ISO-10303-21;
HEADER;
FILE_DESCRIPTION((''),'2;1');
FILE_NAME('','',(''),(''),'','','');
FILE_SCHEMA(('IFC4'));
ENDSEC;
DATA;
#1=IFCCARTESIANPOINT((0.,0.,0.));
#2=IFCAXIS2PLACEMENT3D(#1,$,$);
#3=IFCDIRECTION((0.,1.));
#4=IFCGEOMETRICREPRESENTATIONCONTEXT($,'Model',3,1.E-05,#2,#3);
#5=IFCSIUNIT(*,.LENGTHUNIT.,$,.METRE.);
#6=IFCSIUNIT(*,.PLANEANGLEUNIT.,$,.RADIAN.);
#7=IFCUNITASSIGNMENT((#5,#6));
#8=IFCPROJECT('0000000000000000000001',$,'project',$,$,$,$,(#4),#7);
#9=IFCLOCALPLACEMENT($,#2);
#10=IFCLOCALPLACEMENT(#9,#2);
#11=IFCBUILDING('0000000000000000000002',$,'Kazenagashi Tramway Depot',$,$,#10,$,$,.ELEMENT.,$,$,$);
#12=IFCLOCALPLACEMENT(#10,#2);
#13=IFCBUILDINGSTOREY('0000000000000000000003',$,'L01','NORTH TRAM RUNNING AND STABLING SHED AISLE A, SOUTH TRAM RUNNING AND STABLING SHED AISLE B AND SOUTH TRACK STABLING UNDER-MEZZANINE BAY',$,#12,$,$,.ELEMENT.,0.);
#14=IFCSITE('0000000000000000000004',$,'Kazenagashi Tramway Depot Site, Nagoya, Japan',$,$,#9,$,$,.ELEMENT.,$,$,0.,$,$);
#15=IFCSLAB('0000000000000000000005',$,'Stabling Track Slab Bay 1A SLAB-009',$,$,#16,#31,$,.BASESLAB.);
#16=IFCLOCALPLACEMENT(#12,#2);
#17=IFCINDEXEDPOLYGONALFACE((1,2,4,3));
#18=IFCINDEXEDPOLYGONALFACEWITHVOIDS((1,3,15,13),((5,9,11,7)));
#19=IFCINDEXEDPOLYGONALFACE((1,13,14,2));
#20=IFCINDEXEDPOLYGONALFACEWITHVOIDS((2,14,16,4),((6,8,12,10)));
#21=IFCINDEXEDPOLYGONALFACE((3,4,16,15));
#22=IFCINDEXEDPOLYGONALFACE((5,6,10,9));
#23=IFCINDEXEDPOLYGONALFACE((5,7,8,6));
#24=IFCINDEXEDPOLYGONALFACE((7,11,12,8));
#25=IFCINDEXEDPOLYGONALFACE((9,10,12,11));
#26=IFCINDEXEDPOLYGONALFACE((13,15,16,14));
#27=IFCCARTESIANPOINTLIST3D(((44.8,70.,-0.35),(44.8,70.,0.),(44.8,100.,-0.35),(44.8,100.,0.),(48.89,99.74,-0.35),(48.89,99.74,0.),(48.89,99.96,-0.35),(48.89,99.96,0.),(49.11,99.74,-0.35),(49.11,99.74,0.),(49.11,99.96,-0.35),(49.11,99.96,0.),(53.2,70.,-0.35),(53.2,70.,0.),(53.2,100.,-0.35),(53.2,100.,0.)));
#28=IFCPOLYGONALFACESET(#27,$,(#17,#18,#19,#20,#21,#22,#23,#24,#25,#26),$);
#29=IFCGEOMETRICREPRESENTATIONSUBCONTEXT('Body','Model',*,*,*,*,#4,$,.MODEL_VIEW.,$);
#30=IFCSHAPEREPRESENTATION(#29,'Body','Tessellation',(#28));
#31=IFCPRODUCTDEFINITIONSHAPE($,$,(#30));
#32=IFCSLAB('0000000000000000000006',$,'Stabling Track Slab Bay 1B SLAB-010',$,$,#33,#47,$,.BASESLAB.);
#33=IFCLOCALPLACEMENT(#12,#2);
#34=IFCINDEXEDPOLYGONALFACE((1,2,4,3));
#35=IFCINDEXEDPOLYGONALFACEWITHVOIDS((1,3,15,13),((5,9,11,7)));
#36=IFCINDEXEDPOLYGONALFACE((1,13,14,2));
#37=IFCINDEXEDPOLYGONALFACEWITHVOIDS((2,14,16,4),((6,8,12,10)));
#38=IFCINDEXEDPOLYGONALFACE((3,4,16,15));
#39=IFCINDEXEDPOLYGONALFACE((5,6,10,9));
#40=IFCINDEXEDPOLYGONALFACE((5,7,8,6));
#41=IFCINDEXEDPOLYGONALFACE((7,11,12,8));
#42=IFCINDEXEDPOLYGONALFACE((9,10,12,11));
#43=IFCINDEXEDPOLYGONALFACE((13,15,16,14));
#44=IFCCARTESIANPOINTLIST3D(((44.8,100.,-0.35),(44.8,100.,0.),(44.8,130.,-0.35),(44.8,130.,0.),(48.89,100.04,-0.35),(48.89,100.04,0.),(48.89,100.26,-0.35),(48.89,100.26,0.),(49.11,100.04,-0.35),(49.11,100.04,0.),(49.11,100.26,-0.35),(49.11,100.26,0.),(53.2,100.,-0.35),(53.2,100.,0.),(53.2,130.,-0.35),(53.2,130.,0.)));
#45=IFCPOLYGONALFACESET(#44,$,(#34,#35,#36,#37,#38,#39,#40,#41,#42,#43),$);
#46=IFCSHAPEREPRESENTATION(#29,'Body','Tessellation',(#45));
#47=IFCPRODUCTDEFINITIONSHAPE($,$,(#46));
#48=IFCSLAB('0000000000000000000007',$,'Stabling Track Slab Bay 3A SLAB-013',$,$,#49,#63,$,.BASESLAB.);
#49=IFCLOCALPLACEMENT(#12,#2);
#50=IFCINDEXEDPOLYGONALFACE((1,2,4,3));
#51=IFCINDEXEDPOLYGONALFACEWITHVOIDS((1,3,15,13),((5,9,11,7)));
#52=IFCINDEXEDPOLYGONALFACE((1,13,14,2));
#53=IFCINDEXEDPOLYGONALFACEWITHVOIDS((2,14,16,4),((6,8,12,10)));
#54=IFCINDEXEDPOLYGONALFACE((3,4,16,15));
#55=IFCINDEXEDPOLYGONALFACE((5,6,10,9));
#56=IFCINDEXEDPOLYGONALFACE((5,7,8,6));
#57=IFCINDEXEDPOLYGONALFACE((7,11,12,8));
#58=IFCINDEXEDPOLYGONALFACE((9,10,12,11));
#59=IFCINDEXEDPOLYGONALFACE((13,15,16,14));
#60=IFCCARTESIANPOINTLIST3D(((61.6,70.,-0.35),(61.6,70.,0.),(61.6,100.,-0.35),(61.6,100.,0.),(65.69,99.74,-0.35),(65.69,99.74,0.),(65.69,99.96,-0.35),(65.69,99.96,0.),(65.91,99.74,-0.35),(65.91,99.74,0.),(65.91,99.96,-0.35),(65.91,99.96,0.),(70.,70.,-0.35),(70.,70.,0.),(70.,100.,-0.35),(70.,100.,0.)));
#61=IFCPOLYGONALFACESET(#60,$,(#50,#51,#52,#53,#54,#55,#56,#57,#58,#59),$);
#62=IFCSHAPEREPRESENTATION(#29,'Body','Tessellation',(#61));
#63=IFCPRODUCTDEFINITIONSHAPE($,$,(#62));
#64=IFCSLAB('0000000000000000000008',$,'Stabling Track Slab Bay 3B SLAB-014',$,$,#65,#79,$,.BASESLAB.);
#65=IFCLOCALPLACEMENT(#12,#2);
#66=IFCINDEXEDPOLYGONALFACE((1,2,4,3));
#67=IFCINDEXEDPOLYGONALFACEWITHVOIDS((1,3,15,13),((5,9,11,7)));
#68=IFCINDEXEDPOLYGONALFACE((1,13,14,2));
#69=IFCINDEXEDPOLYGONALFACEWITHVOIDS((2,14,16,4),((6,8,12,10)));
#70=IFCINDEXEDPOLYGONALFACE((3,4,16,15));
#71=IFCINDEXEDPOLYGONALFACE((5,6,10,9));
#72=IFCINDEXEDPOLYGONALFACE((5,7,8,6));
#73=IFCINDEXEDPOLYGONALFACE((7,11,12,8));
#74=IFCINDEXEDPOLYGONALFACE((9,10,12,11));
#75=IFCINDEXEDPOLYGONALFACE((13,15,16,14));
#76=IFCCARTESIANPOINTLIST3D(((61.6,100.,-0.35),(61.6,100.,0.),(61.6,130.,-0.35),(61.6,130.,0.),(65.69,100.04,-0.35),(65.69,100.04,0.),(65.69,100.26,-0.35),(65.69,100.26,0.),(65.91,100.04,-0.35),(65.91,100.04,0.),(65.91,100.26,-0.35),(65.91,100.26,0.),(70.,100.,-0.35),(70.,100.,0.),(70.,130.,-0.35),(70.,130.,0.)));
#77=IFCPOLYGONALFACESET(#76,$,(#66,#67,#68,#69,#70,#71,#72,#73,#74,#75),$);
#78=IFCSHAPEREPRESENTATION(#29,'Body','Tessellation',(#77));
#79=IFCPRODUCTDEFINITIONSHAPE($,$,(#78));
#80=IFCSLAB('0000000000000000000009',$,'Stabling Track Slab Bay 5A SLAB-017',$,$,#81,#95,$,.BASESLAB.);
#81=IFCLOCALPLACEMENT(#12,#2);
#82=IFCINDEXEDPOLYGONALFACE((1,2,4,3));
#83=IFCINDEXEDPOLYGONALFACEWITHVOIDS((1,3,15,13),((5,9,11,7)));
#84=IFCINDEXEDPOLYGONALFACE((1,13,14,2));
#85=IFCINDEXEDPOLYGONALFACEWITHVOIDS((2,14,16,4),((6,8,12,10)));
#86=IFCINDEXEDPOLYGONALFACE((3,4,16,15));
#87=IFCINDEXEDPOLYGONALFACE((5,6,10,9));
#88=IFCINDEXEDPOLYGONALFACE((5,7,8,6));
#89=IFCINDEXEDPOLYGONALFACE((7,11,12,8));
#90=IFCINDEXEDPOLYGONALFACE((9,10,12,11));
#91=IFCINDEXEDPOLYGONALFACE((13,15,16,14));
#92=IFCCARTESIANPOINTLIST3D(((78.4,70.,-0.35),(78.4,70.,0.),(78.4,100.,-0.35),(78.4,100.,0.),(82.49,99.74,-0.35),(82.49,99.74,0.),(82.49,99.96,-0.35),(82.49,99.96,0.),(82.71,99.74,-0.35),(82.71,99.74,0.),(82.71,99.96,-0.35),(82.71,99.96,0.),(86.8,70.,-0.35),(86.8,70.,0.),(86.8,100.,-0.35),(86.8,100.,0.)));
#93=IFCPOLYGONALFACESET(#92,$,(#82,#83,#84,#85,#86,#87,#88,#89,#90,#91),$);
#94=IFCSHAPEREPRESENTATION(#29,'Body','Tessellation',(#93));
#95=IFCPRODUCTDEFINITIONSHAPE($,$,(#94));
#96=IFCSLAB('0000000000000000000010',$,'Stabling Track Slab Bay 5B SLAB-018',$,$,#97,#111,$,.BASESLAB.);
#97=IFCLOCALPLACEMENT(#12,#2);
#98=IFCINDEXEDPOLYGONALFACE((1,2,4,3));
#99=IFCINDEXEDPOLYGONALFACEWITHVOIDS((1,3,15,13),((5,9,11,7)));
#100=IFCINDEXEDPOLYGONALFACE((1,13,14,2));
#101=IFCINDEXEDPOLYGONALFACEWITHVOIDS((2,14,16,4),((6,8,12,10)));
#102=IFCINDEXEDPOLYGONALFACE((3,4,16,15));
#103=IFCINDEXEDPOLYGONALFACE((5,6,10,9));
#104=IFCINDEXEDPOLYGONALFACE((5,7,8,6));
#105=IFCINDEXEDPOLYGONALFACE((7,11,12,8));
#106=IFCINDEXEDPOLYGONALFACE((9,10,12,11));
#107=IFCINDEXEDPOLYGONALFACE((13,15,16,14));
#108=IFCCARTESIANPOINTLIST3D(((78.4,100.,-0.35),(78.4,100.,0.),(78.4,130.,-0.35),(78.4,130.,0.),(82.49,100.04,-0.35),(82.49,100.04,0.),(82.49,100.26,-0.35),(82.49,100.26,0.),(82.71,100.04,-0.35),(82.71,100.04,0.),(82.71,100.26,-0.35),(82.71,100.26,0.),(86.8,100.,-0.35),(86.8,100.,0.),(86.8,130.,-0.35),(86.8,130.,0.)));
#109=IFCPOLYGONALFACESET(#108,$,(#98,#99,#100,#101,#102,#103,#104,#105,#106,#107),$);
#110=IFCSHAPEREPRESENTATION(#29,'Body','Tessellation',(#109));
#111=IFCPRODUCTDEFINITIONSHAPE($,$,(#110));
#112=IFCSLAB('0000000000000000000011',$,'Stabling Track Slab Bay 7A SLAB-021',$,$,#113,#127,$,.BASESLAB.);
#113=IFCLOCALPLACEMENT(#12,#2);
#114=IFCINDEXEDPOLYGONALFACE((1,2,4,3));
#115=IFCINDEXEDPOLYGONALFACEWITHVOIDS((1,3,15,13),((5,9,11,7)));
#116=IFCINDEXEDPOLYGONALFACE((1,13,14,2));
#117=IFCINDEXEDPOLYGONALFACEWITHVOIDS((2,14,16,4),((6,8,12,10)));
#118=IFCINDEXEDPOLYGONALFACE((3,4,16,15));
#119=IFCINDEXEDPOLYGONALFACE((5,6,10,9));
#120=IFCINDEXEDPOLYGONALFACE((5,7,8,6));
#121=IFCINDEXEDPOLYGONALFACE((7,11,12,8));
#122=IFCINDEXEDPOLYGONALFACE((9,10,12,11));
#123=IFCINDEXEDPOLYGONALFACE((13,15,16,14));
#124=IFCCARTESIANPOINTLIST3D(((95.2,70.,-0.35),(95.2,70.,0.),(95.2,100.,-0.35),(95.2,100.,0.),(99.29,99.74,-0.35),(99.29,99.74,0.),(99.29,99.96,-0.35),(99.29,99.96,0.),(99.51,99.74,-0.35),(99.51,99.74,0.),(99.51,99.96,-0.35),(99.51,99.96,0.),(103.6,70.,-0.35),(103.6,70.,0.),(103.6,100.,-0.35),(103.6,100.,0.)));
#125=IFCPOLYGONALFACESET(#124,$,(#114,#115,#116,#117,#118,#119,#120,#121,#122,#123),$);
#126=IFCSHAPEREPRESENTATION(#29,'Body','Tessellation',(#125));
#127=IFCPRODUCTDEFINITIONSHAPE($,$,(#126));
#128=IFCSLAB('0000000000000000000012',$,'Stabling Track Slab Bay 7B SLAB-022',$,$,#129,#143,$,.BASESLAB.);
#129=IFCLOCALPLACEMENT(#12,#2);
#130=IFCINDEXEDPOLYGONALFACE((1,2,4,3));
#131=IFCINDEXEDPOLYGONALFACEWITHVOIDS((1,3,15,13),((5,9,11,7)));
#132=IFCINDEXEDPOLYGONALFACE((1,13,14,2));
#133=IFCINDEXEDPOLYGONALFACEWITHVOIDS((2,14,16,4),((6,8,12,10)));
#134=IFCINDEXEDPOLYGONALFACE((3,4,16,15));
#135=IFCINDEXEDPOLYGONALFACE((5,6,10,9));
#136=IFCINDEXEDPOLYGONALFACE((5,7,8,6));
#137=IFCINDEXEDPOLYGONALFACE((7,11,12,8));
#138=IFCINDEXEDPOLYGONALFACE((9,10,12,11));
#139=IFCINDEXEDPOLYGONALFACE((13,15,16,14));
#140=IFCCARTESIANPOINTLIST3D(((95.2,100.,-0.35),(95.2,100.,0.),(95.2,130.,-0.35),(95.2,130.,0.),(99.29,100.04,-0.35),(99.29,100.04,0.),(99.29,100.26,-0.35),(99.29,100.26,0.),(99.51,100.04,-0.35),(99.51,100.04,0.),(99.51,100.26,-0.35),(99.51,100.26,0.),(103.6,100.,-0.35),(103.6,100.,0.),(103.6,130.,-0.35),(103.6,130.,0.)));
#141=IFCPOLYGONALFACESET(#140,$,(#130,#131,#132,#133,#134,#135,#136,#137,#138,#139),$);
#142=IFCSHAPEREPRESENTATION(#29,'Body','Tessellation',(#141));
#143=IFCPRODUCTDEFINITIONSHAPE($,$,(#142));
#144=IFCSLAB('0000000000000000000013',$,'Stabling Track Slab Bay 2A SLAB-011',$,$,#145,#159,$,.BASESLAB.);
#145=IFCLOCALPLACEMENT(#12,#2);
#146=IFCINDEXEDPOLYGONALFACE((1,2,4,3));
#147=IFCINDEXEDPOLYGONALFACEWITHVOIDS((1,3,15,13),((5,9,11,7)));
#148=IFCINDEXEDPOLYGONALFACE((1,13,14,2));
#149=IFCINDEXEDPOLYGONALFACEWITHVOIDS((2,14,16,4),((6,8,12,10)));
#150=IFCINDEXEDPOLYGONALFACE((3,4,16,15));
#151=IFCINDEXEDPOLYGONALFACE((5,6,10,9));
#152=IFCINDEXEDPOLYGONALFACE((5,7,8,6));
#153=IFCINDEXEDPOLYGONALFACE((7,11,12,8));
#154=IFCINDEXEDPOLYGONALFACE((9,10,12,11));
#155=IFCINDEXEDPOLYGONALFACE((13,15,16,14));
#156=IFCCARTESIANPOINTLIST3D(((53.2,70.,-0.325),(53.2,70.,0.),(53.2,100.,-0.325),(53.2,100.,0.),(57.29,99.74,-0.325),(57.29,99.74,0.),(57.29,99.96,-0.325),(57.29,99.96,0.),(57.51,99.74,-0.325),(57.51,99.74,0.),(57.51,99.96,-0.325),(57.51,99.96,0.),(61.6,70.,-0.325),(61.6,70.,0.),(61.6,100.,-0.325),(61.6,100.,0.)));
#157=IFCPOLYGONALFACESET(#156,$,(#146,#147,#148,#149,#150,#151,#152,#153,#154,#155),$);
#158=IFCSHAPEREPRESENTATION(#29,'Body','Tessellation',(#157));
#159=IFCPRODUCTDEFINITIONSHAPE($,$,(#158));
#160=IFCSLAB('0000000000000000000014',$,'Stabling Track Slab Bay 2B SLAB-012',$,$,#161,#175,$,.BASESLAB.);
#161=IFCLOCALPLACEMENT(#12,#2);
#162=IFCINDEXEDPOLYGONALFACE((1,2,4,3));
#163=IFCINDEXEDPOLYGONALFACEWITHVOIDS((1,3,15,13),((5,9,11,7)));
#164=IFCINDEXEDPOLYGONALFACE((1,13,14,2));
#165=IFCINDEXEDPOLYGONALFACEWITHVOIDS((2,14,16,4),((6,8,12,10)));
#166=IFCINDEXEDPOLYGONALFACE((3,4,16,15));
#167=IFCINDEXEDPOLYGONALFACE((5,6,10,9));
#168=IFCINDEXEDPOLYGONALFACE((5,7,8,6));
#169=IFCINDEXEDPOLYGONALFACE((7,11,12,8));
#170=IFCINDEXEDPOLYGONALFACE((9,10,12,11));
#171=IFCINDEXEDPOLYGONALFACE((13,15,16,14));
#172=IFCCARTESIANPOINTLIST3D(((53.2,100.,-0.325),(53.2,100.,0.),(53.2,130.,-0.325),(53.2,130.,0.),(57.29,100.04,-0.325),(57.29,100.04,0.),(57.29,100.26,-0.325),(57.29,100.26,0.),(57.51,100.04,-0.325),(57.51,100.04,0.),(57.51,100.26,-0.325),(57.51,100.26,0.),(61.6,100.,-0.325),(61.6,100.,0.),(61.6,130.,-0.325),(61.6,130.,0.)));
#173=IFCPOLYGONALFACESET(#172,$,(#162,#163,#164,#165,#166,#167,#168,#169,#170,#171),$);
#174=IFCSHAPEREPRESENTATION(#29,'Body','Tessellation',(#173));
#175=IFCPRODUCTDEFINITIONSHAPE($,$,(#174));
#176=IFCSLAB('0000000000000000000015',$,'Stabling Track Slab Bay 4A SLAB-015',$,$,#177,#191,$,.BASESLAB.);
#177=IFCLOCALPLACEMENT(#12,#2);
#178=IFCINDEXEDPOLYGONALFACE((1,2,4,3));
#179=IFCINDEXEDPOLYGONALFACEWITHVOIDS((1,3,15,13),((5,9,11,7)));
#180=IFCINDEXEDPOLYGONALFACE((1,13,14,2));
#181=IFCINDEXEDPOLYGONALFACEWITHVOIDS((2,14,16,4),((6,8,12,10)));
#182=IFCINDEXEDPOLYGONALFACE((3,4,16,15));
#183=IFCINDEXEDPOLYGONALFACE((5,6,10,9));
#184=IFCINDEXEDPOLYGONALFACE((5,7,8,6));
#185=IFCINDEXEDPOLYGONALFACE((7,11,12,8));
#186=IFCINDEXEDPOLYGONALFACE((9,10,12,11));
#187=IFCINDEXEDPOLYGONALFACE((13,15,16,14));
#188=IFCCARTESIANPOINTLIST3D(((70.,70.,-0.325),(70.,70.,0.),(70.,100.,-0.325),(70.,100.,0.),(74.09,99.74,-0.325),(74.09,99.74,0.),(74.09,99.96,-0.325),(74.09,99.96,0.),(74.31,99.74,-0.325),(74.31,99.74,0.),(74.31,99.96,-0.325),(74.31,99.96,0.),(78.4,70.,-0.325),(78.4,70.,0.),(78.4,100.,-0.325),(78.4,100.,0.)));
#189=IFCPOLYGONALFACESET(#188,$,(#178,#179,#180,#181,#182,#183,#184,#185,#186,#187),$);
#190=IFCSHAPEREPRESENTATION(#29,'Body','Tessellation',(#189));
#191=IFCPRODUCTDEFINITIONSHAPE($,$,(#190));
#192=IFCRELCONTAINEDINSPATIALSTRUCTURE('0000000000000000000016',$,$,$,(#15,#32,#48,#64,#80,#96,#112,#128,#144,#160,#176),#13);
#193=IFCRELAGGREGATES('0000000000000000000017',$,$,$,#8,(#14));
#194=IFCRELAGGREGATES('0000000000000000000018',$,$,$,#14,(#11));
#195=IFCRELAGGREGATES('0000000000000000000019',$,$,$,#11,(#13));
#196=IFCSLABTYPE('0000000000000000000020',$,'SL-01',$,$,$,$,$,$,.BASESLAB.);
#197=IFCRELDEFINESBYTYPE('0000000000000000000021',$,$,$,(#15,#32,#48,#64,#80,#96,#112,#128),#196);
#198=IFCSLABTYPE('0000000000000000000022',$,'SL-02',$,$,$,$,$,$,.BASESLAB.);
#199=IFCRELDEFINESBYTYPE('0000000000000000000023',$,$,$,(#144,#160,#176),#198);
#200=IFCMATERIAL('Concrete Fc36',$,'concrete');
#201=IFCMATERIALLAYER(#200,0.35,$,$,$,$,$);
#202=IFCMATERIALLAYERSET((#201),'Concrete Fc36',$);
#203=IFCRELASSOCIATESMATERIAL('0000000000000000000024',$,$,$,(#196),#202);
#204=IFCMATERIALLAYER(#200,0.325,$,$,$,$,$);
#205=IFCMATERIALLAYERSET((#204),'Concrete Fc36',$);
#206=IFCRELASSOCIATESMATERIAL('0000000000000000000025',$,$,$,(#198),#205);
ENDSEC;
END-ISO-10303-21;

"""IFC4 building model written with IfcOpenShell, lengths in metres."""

from ifc_helpers import new_model, si_unit, direction, frame, origin, place, context, subcontext, project, spatial, polyline, outline, extrude, material, layer, layer_set, type_object, element, save


model = new_model("IFC4")

# Units and contexts
model_context = context("Model", 3, precision=1e-05, world=origin(), true_north=direction((0.0, 1.0)))
body_context = subcontext(model_context, "Body", "Model", "MODEL_VIEW")
ifc_project = project(units=[si_unit("LENGTHUNIT", "METRE"), si_unit("PLANEANGLEUNIT", "RADIAN")], contexts=[model_context])

# Site, building, storey
site_placement = place(None, origin())
site = spatial("IfcSite", under=ifc_project, at=site_placement, Name="Kazenagashi Tramway Depot Site, Nagoya, Japan", CompositionType="ELEMENT", RefElevation=0.0)
building_placement = place(site_placement, origin())
building = spatial("IfcBuilding", under=site, at=building_placement, Name="Kazenagashi Tramway Depot", CompositionType="ELEMENT")
storey_placement = place(building_placement, origin())
storey = spatial("IfcBuildingStorey", under=building, at=storey_placement, Name="L01", Description="NORTH TRAM RUNNING AND STABLING SHED AISLE A, SOUTH TRAM RUNNING AND STABLING SHED AISLE B AND SOUTH TRACK STABLING UNDER-MEZZANINE BAY", CompositionType="ELEMENT", Elevation=0.0)

# Slabs
ifc_material_1 = material(Name="Concrete Fc36", Category="concrete")
ifc_layer_1 = layer(ifc_material_1, 0.35)
ifc_layer_set_1 = layer_set([ifc_layer_1], Name="Concrete Fc36")
slab_type_1 = type_object("IfcSlabType", Name="SL-01", PredefinedType="BASESLAB", material=ifc_layer_set_1)
slab_1_placement = place(storey_placement, frame((0.0, 0.0, -0.35)))
element("IfcSlab", 1, at=slab_1_placement, inside=storey, type_object=slab_type_1, Name="Stabling Track Slab Bay 1A SLAB-009", PredefinedType="BASESLAB", context=body_context, shape_type="SweptSolid", body=[
    extrude(outline(polyline([(44.8, 70.0), (53.2, 70.0), (53.2, 100.0), (44.8, 100.0), (44.8, 70.0)]), holes=[polyline([(48.89, 99.74), (49.11, 99.74), (49.11, 99.96), (48.89, 99.96), (48.89, 99.74)])]), origin(), (0.0, 0.0, 1.0), 0.35),
])
slab_2_placement = place(storey_placement, frame((0.0, 0.0, -0.35)))
element("IfcSlab", 2, at=slab_2_placement, inside=storey, type_object=slab_type_1, Name="Stabling Track Slab Bay 1B SLAB-010", PredefinedType="BASESLAB", context=body_context, shape_type="SweptSolid", body=[
    extrude(outline(polyline([(44.8, 100.0), (53.2, 100.0), (53.2, 130.0), (44.8, 130.0), (44.8, 100.0)]), holes=[polyline([(48.89, 100.04), (49.11, 100.04), (49.11, 100.26), (48.89, 100.26), (48.89, 100.04)])]), origin(), (0.0, 0.0, 1.0), 0.35),
])
slab_3_placement = place(storey_placement, frame((0.0, 0.0, -0.35)))
element("IfcSlab", 3, at=slab_3_placement, inside=storey, type_object=slab_type_1, Name="Stabling Track Slab Bay 3A SLAB-013", PredefinedType="BASESLAB", context=body_context, shape_type="SweptSolid", body=[
    extrude(outline(polyline([(61.6, 70.0), (70.0, 70.0), (70.0, 100.0), (61.6, 100.0), (61.6, 70.0)]), holes=[polyline([(65.69, 99.74), (65.91, 99.74), (65.91, 99.96), (65.69, 99.96), (65.69, 99.74)])]), origin(), (0.0, 0.0, 1.0), 0.35),
])
slab_4_placement = place(storey_placement, frame((0.0, 0.0, -0.35)))
element("IfcSlab", 4, at=slab_4_placement, inside=storey, type_object=slab_type_1, Name="Stabling Track Slab Bay 3B SLAB-014", PredefinedType="BASESLAB", context=body_context, shape_type="SweptSolid", body=[
    extrude(outline(polyline([(61.6, 100.0), (70.0, 100.0), (70.0, 130.0), (61.6, 130.0), (61.6, 100.0)]), holes=[polyline([(65.69, 100.04), (65.91, 100.04), (65.91, 100.26), (65.69, 100.26), (65.69, 100.04)])]), origin(), (0.0, 0.0, 1.0), 0.35),
])
slab_5_placement = place(storey_placement, frame((0.0, 0.0, -0.35)))
element("IfcSlab", 5, at=slab_5_placement, inside=storey, type_object=slab_type_1, Name="Stabling Track Slab Bay 5A SLAB-017", PredefinedType="BASESLAB", context=body_context, shape_type="SweptSolid", body=[
    extrude(outline(polyline([(78.4, 70.0), (86.8, 70.0), (86.8, 100.0), (78.4, 100.0), (78.4, 70.0)]), holes=[polyline([(82.49, 99.74), (82.71, 99.74), (82.71, 99.96), (82.49, 99.96), (82.49, 99.74)])]), origin(), (0.0, 0.0, 1.0), 0.35),
])
slab_6_placement = place(storey_placement, frame((0.0, 0.0, -0.35)))
element("IfcSlab", 6, at=slab_6_placement, inside=storey, type_object=slab_type_1, Name="Stabling Track Slab Bay 5B SLAB-018", PredefinedType="BASESLAB", context=body_context, shape_type="SweptSolid", body=[
    extrude(outline(polyline([(78.4, 100.0), (86.8, 100.0), (86.8, 130.0), (78.4, 130.0), (78.4, 100.0)]), holes=[polyline([(82.49, 100.04), (82.71, 100.04), (82.71, 100.26), (82.49, 100.26), (82.49, 100.04)])]), origin(), (0.0, 0.0, 1.0), 0.35),
])
slab_7_placement = place(storey_placement, frame((0.0, 0.0, -0.35)))
element("IfcSlab", 7, at=slab_7_placement, inside=storey, type_object=slab_type_1, Name="Stabling Track Slab Bay 7A SLAB-021", PredefinedType="BASESLAB", context=body_context, shape_type="SweptSolid", body=[
    extrude(outline(polyline([(95.2, 70.0), (103.6, 70.0), (103.6, 100.0), (95.2, 100.0), (95.2, 70.0)]), holes=[polyline([(99.29, 99.74), (99.51, 99.74), (99.51, 99.96), (99.29, 99.96), (99.29, 99.74)])]), origin(), (0.0, 0.0, 1.0), 0.35),
])
slab_8_placement = place(storey_placement, frame((0.0, 0.0, -0.35)))
element("IfcSlab", 8, at=slab_8_placement, inside=storey, type_object=slab_type_1, Name="Stabling Track Slab Bay 7B SLAB-022", PredefinedType="BASESLAB", context=body_context, shape_type="SweptSolid", body=[
    extrude(outline(polyline([(95.2, 100.0), (103.6, 100.0), (103.6, 130.0), (95.2, 130.0), (95.2, 100.0)]), holes=[polyline([(99.29, 100.04), (99.51, 100.04), (99.51, 100.26), (99.29, 100.26), (99.29, 100.04)])]), origin(), (0.0, 0.0, 1.0), 0.35),
])
ifc_layer_2 = layer(ifc_material_1, 0.325)
ifc_layer_set_2 = layer_set([ifc_layer_2], Name="Concrete Fc36")
slab_type_2 = type_object("IfcSlabType", Name="SL-02", PredefinedType="BASESLAB", material=ifc_layer_set_2)
slab_9_placement = place(storey_placement, frame((0.0, 0.0, -0.325)))
element("IfcSlab", 9, at=slab_9_placement, inside=storey, type_object=slab_type_2, Name="Stabling Track Slab Bay 2A SLAB-011", PredefinedType="BASESLAB", context=body_context, shape_type="SweptSolid", body=[
    extrude(outline(polyline([(53.2, 70.0), (61.6, 70.0), (61.6, 100.0), (53.2, 100.0), (53.2, 70.0)]), holes=[polyline([(57.29, 99.74), (57.51, 99.74), (57.51, 99.96), (57.29, 99.96), (57.29, 99.74)])]), origin(), (0.0, 0.0, 1.0), 0.325),
])
slab_10_placement = place(storey_placement, frame((0.0, 0.0, -0.325)))
element("IfcSlab", 10, at=slab_10_placement, inside=storey, type_object=slab_type_2, Name="Stabling Track Slab Bay 2B SLAB-012", PredefinedType="BASESLAB", context=body_context, shape_type="SweptSolid", body=[
    extrude(outline(polyline([(53.2, 100.0), (61.6, 100.0), (61.6, 130.0), (53.2, 130.0), (53.2, 100.0)]), holes=[polyline([(57.29, 100.04), (57.51, 100.04), (57.51, 100.26), (57.29, 100.26), (57.29, 100.04)])]), origin(), (0.0, 0.0, 1.0), 0.325),
])
slab_11_placement = place(storey_placement, frame((0.0, 0.0, -0.325)))
element("IfcSlab", 11, at=slab_11_placement, inside=storey, type_object=slab_type_2, Name="Stabling Track Slab Bay 4A SLAB-015", PredefinedType="BASESLAB", context=body_context, shape_type="SweptSolid", body=[
    extrude(outline(polyline([(70.0, 70.0), (78.4, 70.0), (78.4, 100.0), (70.0, 100.0), (70.0, 70.0)]), holes=[polyline([(74.09, 99.74), (74.31, 99.74), (74.31, 99.96), (74.09, 99.96), (74.09, 99.74)])]), origin(), (0.0, 0.0, 1.0), 0.325),
])

save(model, "model.ifc")
